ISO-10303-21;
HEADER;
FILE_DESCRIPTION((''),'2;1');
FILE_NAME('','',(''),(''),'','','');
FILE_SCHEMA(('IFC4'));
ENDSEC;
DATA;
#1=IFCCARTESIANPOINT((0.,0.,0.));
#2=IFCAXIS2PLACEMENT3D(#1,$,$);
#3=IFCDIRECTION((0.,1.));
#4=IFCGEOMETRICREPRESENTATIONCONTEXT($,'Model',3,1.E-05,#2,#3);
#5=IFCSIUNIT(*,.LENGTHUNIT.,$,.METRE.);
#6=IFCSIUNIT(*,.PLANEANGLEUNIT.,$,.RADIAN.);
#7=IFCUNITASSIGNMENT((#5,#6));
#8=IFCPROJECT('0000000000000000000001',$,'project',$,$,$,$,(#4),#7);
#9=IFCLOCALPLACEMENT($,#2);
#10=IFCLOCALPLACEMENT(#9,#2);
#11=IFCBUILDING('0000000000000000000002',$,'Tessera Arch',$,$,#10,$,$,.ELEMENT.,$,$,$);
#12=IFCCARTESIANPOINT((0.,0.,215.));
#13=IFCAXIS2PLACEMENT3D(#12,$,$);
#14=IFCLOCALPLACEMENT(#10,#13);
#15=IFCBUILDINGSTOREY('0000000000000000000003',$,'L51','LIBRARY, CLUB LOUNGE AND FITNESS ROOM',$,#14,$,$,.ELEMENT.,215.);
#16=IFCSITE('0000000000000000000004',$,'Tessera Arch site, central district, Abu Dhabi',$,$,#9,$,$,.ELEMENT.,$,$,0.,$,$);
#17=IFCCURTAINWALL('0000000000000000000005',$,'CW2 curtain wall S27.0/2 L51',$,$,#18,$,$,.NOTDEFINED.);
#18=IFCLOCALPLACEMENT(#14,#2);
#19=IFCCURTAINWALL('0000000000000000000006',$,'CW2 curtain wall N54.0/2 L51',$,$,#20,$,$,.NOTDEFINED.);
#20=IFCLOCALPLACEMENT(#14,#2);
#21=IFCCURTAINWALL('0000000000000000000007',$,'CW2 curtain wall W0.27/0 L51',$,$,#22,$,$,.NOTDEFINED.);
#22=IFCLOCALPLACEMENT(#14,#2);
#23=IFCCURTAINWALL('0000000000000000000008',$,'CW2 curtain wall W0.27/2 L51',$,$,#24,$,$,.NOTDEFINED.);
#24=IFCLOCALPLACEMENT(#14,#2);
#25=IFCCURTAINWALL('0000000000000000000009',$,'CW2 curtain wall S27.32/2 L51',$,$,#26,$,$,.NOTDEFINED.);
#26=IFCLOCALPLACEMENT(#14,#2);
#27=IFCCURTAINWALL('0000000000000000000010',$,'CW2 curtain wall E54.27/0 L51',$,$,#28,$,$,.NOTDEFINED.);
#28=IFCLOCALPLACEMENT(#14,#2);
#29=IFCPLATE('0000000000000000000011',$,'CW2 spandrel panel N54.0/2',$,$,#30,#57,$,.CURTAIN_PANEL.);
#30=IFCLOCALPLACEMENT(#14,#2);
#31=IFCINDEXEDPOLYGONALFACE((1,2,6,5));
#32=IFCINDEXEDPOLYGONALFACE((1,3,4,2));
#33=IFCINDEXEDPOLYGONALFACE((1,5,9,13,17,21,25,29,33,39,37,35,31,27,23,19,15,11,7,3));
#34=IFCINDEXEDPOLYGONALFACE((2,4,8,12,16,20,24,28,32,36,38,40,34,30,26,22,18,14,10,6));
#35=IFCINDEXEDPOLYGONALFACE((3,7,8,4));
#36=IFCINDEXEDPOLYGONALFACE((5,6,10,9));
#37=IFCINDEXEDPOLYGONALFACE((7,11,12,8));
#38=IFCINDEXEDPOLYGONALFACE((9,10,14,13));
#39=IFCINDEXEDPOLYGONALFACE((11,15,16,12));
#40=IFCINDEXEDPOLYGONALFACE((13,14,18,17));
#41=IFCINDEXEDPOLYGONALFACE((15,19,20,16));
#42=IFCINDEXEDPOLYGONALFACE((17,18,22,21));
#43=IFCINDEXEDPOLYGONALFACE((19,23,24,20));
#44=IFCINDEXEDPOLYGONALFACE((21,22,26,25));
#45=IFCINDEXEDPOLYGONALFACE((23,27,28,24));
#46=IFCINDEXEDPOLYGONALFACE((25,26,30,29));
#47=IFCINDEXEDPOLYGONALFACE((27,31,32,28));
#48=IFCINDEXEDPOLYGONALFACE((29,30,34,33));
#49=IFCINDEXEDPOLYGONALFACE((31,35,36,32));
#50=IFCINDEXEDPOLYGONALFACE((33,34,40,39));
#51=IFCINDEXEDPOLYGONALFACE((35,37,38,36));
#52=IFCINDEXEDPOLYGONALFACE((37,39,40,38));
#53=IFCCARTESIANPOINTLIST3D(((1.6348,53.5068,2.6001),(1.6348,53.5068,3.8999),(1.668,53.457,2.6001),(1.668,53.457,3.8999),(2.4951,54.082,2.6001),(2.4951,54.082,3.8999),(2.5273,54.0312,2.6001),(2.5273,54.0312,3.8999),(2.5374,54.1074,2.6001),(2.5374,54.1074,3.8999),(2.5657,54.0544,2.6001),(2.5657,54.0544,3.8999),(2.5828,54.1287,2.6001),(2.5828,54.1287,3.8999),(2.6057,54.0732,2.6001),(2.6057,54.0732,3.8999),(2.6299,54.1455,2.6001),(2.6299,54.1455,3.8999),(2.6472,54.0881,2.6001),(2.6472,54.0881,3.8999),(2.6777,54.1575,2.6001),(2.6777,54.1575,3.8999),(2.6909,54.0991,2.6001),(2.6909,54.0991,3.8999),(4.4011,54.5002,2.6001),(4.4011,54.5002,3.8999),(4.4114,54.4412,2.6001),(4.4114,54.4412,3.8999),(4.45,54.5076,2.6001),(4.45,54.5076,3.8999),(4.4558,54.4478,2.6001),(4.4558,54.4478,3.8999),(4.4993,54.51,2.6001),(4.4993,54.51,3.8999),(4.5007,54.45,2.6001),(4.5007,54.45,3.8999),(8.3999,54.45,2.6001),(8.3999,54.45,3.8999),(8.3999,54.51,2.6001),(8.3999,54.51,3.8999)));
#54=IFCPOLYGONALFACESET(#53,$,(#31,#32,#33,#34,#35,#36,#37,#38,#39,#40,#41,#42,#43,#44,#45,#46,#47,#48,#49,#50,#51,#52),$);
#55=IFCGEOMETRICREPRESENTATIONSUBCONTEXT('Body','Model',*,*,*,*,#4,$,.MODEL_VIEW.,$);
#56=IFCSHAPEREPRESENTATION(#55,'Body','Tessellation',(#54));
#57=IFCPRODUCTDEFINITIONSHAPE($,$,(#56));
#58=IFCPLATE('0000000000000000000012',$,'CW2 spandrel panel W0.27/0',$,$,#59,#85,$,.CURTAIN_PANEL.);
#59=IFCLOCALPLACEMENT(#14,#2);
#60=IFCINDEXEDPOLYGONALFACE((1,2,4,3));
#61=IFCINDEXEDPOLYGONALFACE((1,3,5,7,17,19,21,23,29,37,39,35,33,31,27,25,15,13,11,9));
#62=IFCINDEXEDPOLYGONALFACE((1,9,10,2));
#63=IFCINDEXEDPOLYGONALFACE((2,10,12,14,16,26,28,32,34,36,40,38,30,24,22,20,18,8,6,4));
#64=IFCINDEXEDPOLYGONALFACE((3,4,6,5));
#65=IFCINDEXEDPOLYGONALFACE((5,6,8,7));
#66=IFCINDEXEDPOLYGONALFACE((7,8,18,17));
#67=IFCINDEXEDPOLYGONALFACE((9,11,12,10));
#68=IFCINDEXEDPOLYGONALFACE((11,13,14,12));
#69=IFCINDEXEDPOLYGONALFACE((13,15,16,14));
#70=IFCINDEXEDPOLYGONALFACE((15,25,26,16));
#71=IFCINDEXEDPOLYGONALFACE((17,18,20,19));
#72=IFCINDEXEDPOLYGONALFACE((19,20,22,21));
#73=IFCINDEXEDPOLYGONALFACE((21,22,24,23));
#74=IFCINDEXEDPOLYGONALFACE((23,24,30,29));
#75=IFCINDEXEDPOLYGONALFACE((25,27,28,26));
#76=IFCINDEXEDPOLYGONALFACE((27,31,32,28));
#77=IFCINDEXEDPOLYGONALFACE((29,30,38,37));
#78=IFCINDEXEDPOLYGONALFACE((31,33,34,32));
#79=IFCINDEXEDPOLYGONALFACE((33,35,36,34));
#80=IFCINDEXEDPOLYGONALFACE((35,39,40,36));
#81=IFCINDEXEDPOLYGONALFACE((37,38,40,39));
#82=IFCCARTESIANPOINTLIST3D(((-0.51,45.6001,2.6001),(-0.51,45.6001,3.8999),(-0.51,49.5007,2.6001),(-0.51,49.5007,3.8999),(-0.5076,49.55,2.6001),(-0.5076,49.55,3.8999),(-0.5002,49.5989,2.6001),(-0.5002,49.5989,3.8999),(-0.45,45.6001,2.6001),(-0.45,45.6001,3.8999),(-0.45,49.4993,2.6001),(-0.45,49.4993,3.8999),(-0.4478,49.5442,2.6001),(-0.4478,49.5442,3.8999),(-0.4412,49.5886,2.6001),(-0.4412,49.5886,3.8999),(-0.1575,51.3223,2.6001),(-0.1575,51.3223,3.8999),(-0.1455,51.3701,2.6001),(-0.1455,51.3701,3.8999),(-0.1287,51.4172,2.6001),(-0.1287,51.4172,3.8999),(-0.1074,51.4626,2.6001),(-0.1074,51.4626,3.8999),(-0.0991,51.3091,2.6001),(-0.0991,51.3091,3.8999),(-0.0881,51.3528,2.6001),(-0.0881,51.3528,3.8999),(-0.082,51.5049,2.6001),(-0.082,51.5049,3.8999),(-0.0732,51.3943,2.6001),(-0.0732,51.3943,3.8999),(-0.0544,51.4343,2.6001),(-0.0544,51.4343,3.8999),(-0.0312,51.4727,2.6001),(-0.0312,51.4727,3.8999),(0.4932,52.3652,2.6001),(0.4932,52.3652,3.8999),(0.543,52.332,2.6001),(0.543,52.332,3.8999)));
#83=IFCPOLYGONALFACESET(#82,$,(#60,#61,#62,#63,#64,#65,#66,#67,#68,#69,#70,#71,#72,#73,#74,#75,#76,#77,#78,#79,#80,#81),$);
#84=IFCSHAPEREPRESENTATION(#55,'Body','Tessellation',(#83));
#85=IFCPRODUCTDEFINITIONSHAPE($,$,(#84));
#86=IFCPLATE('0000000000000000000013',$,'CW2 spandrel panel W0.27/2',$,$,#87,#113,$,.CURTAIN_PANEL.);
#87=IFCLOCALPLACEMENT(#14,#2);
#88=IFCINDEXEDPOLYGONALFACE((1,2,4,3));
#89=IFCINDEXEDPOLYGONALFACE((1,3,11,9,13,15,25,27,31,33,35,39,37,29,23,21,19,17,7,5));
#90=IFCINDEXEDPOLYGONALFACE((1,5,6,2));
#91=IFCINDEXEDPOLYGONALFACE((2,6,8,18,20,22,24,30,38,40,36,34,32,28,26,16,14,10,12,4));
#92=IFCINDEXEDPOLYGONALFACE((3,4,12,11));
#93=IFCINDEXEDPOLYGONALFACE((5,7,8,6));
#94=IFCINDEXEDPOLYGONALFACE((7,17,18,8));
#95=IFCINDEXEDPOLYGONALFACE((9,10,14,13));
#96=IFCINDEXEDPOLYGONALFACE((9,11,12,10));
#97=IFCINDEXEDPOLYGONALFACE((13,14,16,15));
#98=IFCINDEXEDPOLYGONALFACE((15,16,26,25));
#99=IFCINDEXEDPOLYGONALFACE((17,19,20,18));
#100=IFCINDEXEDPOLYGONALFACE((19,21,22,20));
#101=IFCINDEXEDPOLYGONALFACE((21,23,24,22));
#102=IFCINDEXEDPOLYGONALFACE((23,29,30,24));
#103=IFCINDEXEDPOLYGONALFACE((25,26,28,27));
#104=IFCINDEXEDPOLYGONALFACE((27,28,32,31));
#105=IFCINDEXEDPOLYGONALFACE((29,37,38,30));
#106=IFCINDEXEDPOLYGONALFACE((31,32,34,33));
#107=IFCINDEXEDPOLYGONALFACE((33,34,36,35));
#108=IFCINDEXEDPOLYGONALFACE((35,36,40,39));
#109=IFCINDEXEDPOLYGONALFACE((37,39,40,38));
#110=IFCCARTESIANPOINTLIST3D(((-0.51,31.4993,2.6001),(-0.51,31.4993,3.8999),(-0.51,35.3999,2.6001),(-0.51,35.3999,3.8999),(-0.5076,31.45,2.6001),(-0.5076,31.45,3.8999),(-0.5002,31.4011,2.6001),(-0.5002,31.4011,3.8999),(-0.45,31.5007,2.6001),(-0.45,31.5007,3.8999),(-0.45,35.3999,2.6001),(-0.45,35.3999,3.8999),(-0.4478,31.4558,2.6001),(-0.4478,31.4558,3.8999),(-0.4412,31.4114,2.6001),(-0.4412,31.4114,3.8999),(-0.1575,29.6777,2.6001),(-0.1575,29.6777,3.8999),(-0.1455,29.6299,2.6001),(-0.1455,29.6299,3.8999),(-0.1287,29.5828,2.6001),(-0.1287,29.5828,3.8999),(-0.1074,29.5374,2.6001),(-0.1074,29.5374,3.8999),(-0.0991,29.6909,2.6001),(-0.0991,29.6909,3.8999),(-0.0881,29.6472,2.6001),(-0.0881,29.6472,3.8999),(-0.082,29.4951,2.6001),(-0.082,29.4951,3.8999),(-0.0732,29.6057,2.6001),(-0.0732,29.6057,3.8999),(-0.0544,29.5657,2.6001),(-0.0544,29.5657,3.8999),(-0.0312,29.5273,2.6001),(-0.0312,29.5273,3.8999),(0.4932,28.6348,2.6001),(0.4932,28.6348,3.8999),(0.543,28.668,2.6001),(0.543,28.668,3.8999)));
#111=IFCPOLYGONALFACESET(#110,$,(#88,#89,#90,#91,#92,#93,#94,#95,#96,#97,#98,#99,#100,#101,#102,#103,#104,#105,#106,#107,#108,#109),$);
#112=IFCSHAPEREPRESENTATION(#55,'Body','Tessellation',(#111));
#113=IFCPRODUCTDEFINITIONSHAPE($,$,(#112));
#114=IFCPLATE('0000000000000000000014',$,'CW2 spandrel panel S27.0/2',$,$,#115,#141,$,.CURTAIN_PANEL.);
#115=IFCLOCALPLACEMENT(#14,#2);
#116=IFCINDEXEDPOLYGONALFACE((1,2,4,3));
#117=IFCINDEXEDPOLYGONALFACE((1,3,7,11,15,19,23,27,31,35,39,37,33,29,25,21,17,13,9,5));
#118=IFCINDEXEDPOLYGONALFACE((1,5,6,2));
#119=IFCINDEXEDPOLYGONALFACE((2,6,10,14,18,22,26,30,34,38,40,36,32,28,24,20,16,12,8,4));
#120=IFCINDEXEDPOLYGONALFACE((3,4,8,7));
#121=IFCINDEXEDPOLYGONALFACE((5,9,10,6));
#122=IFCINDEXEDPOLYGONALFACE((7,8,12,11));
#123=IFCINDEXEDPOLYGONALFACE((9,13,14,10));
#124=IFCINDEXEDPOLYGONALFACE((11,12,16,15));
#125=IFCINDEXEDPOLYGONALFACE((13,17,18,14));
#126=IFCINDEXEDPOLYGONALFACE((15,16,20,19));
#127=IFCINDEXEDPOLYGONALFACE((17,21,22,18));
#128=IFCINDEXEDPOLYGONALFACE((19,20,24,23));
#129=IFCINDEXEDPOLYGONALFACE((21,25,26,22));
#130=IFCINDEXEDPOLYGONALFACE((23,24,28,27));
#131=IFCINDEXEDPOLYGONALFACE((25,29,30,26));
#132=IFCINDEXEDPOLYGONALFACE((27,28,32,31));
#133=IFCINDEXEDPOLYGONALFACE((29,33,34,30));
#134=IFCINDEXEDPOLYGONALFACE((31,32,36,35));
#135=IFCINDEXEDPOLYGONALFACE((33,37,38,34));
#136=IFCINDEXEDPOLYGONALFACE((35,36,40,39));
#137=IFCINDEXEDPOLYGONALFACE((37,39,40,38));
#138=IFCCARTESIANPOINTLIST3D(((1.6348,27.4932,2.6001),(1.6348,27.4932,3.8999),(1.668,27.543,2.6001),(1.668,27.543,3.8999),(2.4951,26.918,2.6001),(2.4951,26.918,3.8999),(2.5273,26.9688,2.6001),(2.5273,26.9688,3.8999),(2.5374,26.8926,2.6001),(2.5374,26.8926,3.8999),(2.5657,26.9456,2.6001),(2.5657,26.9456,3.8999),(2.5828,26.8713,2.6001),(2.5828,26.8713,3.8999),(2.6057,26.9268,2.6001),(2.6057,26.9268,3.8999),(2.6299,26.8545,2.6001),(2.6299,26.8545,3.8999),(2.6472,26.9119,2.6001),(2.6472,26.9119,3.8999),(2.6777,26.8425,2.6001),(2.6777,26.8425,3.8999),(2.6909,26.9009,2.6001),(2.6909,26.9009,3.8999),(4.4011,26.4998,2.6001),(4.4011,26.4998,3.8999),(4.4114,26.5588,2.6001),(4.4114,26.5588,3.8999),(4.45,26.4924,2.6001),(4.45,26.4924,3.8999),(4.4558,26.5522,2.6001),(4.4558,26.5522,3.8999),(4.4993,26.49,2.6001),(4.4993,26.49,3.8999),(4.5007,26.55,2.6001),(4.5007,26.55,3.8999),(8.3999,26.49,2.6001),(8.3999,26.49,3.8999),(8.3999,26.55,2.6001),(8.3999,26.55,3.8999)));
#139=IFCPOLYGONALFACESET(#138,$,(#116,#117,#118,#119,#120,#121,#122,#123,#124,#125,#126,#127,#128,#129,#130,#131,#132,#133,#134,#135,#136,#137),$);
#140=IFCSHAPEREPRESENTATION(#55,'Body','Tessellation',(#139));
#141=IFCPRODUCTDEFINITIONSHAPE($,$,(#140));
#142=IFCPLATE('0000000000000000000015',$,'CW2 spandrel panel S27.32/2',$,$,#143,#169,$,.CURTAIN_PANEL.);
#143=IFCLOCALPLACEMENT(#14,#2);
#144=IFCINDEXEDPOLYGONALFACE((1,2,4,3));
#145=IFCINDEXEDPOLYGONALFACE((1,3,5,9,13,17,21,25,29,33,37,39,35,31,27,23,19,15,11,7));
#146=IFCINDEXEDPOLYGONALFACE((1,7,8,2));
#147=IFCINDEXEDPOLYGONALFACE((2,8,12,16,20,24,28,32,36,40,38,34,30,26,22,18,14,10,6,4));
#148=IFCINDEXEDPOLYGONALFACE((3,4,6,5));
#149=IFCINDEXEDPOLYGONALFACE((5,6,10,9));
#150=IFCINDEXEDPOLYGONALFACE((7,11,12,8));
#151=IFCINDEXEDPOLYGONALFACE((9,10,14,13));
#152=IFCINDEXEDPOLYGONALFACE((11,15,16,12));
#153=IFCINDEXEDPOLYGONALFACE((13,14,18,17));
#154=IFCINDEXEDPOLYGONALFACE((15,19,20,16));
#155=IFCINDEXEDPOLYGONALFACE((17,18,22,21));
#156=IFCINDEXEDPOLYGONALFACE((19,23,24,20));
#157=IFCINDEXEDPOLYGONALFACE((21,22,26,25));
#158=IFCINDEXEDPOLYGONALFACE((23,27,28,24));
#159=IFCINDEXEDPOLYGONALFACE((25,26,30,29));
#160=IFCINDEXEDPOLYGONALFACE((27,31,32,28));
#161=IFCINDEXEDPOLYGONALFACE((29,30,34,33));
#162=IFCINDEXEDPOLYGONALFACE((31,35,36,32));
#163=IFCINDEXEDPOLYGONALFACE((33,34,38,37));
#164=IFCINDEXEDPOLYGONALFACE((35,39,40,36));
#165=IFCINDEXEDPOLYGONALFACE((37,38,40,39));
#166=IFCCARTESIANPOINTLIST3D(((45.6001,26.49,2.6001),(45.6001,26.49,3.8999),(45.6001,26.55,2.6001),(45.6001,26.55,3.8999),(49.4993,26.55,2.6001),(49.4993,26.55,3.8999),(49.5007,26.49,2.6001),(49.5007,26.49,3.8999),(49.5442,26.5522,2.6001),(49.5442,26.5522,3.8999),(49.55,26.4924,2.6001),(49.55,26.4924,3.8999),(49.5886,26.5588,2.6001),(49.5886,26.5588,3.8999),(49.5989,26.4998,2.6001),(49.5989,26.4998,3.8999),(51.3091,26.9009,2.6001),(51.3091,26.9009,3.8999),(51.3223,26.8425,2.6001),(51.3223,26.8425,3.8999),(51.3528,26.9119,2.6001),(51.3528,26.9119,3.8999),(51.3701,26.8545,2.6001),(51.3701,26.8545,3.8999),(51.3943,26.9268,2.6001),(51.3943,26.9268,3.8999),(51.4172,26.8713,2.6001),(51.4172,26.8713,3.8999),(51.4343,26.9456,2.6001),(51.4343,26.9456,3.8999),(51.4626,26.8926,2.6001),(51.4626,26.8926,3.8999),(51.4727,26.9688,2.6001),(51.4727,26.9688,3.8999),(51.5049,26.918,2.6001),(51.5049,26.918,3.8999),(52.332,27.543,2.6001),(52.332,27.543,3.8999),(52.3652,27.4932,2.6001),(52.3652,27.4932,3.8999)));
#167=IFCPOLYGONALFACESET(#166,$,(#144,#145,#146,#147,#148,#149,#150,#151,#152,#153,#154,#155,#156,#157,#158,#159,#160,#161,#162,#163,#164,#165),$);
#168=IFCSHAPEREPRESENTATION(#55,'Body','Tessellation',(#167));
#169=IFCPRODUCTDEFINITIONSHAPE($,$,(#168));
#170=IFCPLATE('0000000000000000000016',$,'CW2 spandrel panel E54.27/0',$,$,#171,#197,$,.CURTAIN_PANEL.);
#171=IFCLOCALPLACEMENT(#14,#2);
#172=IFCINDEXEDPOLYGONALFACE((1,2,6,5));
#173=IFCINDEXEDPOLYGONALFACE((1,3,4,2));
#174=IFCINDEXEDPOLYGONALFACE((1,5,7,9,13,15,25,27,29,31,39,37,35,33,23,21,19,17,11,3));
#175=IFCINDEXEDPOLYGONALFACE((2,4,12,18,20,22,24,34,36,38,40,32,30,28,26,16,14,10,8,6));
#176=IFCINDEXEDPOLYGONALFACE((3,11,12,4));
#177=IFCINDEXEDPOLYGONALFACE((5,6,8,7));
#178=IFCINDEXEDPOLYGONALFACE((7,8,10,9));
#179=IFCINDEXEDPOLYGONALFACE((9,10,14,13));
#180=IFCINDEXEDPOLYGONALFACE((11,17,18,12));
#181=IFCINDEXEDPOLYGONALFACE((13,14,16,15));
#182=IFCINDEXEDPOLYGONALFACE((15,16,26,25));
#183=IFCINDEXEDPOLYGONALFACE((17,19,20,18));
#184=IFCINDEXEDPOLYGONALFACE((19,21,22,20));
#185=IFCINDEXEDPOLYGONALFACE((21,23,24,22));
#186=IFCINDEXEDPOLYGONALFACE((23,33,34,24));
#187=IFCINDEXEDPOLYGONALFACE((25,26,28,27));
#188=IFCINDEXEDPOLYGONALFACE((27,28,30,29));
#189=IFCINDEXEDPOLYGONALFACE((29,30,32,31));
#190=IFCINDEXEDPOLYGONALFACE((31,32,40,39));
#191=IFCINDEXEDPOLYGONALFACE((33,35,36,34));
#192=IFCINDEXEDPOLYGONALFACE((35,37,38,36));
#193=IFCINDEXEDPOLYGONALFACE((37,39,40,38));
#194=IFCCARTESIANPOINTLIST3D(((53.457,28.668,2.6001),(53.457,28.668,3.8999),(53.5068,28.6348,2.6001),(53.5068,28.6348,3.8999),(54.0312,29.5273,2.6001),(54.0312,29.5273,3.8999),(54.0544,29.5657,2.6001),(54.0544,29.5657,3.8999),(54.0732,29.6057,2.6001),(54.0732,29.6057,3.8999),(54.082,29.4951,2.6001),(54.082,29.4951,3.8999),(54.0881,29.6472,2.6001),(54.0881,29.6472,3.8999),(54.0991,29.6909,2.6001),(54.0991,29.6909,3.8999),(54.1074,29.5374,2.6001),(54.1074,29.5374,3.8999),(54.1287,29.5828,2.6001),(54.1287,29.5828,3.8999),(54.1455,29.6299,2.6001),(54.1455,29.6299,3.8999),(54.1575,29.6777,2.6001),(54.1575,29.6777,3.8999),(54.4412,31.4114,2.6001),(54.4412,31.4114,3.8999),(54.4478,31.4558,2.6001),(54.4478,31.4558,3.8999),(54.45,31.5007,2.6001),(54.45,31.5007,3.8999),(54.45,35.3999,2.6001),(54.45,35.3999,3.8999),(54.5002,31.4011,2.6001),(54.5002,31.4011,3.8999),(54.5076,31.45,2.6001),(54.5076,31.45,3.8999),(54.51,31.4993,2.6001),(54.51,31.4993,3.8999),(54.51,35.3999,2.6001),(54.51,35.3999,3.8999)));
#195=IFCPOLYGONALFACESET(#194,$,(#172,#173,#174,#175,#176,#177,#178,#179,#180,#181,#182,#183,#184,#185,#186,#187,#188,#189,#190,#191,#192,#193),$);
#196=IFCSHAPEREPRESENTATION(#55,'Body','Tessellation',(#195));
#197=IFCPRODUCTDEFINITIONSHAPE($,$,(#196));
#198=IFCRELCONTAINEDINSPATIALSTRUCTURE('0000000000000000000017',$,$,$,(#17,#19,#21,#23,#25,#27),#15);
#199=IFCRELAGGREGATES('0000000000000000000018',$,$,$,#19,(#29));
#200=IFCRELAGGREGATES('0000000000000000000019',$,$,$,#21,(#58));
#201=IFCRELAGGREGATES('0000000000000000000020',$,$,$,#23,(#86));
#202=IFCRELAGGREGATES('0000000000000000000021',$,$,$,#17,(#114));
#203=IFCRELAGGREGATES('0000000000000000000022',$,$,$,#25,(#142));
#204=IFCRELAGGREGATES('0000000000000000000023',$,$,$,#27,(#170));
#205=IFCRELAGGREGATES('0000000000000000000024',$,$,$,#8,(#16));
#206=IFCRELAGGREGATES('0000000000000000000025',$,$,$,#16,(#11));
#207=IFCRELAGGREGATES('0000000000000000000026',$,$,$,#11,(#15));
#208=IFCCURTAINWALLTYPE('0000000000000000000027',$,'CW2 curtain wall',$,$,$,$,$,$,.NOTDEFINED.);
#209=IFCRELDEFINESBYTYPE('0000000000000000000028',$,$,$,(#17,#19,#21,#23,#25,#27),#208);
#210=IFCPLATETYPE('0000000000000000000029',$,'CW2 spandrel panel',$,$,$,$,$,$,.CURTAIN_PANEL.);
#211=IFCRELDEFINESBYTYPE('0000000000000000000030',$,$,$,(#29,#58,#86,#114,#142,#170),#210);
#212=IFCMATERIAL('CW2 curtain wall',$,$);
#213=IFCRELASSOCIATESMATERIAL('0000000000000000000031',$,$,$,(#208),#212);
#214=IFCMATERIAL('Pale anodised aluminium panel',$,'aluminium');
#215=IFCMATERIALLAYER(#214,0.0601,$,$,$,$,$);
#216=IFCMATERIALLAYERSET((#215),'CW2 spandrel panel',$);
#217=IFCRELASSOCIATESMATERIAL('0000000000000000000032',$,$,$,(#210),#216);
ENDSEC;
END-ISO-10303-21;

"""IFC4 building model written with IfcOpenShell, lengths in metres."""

from ifc_helpers import new_model, si_unit, direction, frame, origin, place, context, subcontext, project, spatial, polyline, outline, extrude, material, layer, layer_set, type_object, element, aggregate, save


model = new_model("IFC4")

# Units and contexts
model_context = context("Model", 3, precision=1e-05, world=origin(), true_north=direction((0.0, 1.0)))
body_context = subcontext(model_context, "Body", "Model", "MODEL_VIEW")
ifc_project = project(units=[si_unit("LENGTHUNIT", "METRE"), si_unit("PLANEANGLEUNIT", "RADIAN")], contexts=[model_context])

# Site, building, storey
site_placement = place(None, origin())
site = spatial("IfcSite", under=ifc_project, at=site_placement, Name="Tessera Arch site, central district, Abu Dhabi", CompositionType="ELEMENT", RefElevation=0.0)
building_placement = place(site_placement, origin())
building = spatial("IfcBuilding", under=site, at=building_placement, Name="Tessera Arch", CompositionType="ELEMENT")
storey_placement = place(building_placement, frame((0.0, 0.0, 215.0)))
storey = spatial("IfcBuildingStorey", under=building, at=storey_placement, Name="L51", Description="LIBRARY, CLUB LOUNGE AND FITNESS ROOM", CompositionType="ELEMENT", Elevation=215.0)

# Curtain walls
ifc_material_1 = material(Name="CW2 curtain wall")
curtain_wall_type_1 = type_object("IfcCurtainWallType", Name="CW2 curtain wall", PredefinedType="NOTDEFINED", material=ifc_material_1)
curtain_wall_1_placement = place(storey_placement, origin())
curtain_wall_1 = element("IfcCurtainWall", 1, at=curtain_wall_1_placement, inside=storey, type_object=curtain_wall_type_1, Name="CW2 curtain wall S27.0/2 L51", PredefinedType="NOTDEFINED")
curtain_wall_2_placement = place(storey_placement, origin())
curtain_wall_2 = element("IfcCurtainWall", 2, at=curtain_wall_2_placement, inside=storey, type_object=curtain_wall_type_1, Name="CW2 curtain wall N54.0/2 L51", PredefinedType="NOTDEFINED")
curtain_wall_3_placement = place(storey_placement, origin())
curtain_wall_3 = element("IfcCurtainWall", 3, at=curtain_wall_3_placement, inside=storey, type_object=curtain_wall_type_1, Name="CW2 curtain wall W0.27/0 L51", PredefinedType="NOTDEFINED")
curtain_wall_4_placement = place(storey_placement, origin())
curtain_wall_4 = element("IfcCurtainWall", 4, at=curtain_wall_4_placement, inside=storey, type_object=curtain_wall_type_1, Name="CW2 curtain wall W0.27/2 L51", PredefinedType="NOTDEFINED")

# Curtain walls
curtain_wall_5_placement = place(storey_placement, origin())
curtain_wall_5 = element("IfcCurtainWall", 5, at=curtain_wall_5_placement, inside=storey, type_object=curtain_wall_type_1, Name="CW2 curtain wall S27.32/2 L51", PredefinedType="NOTDEFINED")
curtain_wall_6_placement = place(storey_placement, origin())
curtain_wall_6 = element("IfcCurtainWall", 6, at=curtain_wall_6_placement, inside=storey, type_object=curtain_wall_type_1, Name="CW2 curtain wall E54.27/0 L51", PredefinedType="NOTDEFINED")

# Plates
ifc_material_2 = material(Name="Pale anodised aluminium panel", Category="aluminium")
ifc_layer_1 = layer(ifc_material_2, 0.0601)
ifc_layer_set_1 = layer_set([ifc_layer_1], Name="CW2 spandrel panel")
plate_type_1 = type_object("IfcPlateType", Name="CW2 spandrel panel", PredefinedType="CURTAIN_PANEL", material=ifc_layer_set_1)
plate_1_placement = place(storey_placement, frame((0.0, 0.0, 2.6001)))
plate_1 = element("IfcPlate", 7, at=plate_1_placement, type_object=plate_type_1, Name="CW2 spandrel panel N54.0/2", PredefinedType="CURTAIN_PANEL", context=body_context, shape_type="SweptSolid", body=[
    extrude(outline(polyline([(4.5007, 54.45), (8.3999, 54.45), (8.3999, 54.51), (4.4993, 54.51), (4.45, 54.5076), (4.4011, 54.5002), (2.6777, 54.1575), (2.6299, 54.1455), (2.5828, 54.1287), (2.5374, 54.1074), (2.4951, 54.082), (1.6348, 53.5068), (1.668, 53.457), (2.5273, 54.0312), (2.5657, 54.0544), (2.6057, 54.0732), (2.6472, 54.0881), (2.6909, 54.0991), (4.4114, 54.4412), (4.4558, 54.4478), (4.5007, 54.45)])), origin(), (0.0, 0.0, 1.0), 1.2998),
])
aggregate(curtain_wall_2, [plate_1])
plate_2_placement = place(storey_placement, frame((0.0, 0.0, 2.6001)))
plate_2 = element("IfcPlate", 8, at=plate_2_placement, type_object=plate_type_1, Name="CW2 spandrel panel W0.27/0", PredefinedType="CURTAIN_PANEL", context=body_context, shape_type="SweptSolid", body=[
    extrude(outline(polyline([(-0.0312, 51.4727), (0.543, 52.332), (0.4932, 52.3652), (-0.082, 51.5049), (-0.1074, 51.4626), (-0.1287, 51.4172), (-0.1455, 51.3701), (-0.1575, 51.3223), (-0.5002, 49.5989), (-0.5076, 49.55), (-0.51, 49.5007), (-0.51, 45.6001), (-0.45, 45.6001), (-0.45, 49.4993), (-0.4478, 49.5442), (-0.4412, 49.5886), (-0.0991, 51.3091), (-0.0881, 51.3528), (-0.0732, 51.3943), (-0.0544, 51.4343), (-0.0312, 51.4727)])), origin(), (0.0, 0.0, 1.0), 1.2998),
])
aggregate(curtain_wall_3, [plate_2])
plate_3_placement = place(storey_placement, frame((0.0, 0.0, 2.6001)))
plate_3 = element("IfcPlate", 9, at=plate_3_placement, type_object=plate_type_1, Name="CW2 spandrel panel W0.27/2", PredefinedType="CURTAIN_PANEL", context=body_context, shape_type="SweptSolid", body=[
    extrude(outline(polyline([(-0.45, 31.5007), (-0.45, 35.3999), (-0.51, 35.3999), (-0.51, 31.4993), (-0.5076, 31.45), (-0.5002, 31.4011), (-0.1575, 29.6777), (-0.1455, 29.6299), (-0.1287, 29.5828), (-0.1074, 29.5374), (-0.082, 29.4951), (0.4932, 28.6348), (0.543, 28.668), (-0.0312, 29.5273), (-0.0544, 29.5657), (-0.0732, 29.6057), (-0.0881, 29.6472), (-0.0991, 29.6909), (-0.4412, 31.4114), (-0.4478, 31.4558), (-0.45, 31.5007)])), origin(), (0.0, 0.0, 1.0), 1.2998),
])
aggregate(curtain_wall_4, [plate_3])
plate_4_placement = place(storey_placement, frame((0.0, 0.0, 2.6001)))
plate_4 = element("IfcPlate", 10, at=plate_4_placement, type_object=plate_type_1, Name="CW2 spandrel panel S27.0/2", PredefinedType="CURTAIN_PANEL", context=body_context, shape_type="SweptSolid", body=[
    extrude(outline(polyline([(2.5273, 26.9688), (1.668, 27.543), (1.6348, 27.4932), (2.4951, 26.918), (2.5374, 26.8926), (2.5828, 26.8713), (2.6299, 26.8545), (2.6777, 26.8425), (4.4011, 26.4998), (4.45, 26.4924), (4.4993, 26.49), (8.3999, 26.49), (8.3999, 26.55), (4.5007, 26.55), (4.4558, 26.5522), (4.4114, 26.5588), (2.6909, 26.9009), (2.6472, 26.9119), (2.6057, 26.9268), (2.5657, 26.9456), (2.5273, 26.9688)])), origin(), (0.0, 0.0, 1.0), 1.2998),
])
aggregate(curtain_wall_1, [plate_4])
plate_5_placement = place(storey_placement, frame((0.0, 0.0, 2.6001)))
plate_5 = element("IfcPlate", 11, at=plate_5_placement, type_object=plate_type_1, Name="CW2 spandrel panel S27.32/2", PredefinedType="CURTAIN_PANEL", context=body_context, shape_type="SweptSolid", body=[
    extrude(outline(polyline([(49.4993, 26.55), (45.6001, 26.55), (45.6001, 26.49), (49.5007, 26.49), (49.55, 26.4924), (49.5989, 26.4998), (51.3223, 26.8425), (51.3701, 26.8545), (51.4172, 26.8713), (51.4626, 26.8926), (51.5049, 26.918), (52.3652, 27.4932), (52.332, 27.543), (51.4727, 26.9688), (51.4343, 26.9456), (51.3943, 26.9268), (51.3528, 26.9119), (51.3091, 26.9009), (49.5886, 26.5588), (49.5442, 26.5522), (49.4993, 26.55)])), origin(), (0.0, 0.0, 1.0), 1.2998),
])
aggregate(curtain_wall_5, [plate_5])
plate_6_placement = place(storey_placement, frame((0.0, 0.0, 2.6001)))
plate_6 = element("IfcPlate", 12, at=plate_6_placement, type_object=plate_type_1, Name="CW2 spandrel panel E54.27/0", PredefinedType="CURTAIN_PANEL", context=body_context, shape_type="SweptSolid", body=[
    extrude(outline(polyline([(54.0312, 29.5273), (53.457, 28.668), (53.5068, 28.6348), (54.082, 29.4951), (54.1074, 29.5374), (54.1287, 29.5828), (54.1455, 29.6299), (54.1575, 29.6777), (54.5002, 31.4011), (54.5076, 31.45), (54.51, 31.4993), (54.51, 35.3999), (54.45, 35.3999), (54.45, 31.5007), (54.4478, 31.4558), (54.4412, 31.4114), (54.0991, 29.6909), (54.0881, 29.6472), (54.0732, 29.6057), (54.0544, 29.5657), (54.0312, 29.5273)])), origin(), (0.0, 0.0, 1.0), 1.2998),
])
aggregate(curtain_wall_6, [plate_6])

save(model, "model.ifc")
